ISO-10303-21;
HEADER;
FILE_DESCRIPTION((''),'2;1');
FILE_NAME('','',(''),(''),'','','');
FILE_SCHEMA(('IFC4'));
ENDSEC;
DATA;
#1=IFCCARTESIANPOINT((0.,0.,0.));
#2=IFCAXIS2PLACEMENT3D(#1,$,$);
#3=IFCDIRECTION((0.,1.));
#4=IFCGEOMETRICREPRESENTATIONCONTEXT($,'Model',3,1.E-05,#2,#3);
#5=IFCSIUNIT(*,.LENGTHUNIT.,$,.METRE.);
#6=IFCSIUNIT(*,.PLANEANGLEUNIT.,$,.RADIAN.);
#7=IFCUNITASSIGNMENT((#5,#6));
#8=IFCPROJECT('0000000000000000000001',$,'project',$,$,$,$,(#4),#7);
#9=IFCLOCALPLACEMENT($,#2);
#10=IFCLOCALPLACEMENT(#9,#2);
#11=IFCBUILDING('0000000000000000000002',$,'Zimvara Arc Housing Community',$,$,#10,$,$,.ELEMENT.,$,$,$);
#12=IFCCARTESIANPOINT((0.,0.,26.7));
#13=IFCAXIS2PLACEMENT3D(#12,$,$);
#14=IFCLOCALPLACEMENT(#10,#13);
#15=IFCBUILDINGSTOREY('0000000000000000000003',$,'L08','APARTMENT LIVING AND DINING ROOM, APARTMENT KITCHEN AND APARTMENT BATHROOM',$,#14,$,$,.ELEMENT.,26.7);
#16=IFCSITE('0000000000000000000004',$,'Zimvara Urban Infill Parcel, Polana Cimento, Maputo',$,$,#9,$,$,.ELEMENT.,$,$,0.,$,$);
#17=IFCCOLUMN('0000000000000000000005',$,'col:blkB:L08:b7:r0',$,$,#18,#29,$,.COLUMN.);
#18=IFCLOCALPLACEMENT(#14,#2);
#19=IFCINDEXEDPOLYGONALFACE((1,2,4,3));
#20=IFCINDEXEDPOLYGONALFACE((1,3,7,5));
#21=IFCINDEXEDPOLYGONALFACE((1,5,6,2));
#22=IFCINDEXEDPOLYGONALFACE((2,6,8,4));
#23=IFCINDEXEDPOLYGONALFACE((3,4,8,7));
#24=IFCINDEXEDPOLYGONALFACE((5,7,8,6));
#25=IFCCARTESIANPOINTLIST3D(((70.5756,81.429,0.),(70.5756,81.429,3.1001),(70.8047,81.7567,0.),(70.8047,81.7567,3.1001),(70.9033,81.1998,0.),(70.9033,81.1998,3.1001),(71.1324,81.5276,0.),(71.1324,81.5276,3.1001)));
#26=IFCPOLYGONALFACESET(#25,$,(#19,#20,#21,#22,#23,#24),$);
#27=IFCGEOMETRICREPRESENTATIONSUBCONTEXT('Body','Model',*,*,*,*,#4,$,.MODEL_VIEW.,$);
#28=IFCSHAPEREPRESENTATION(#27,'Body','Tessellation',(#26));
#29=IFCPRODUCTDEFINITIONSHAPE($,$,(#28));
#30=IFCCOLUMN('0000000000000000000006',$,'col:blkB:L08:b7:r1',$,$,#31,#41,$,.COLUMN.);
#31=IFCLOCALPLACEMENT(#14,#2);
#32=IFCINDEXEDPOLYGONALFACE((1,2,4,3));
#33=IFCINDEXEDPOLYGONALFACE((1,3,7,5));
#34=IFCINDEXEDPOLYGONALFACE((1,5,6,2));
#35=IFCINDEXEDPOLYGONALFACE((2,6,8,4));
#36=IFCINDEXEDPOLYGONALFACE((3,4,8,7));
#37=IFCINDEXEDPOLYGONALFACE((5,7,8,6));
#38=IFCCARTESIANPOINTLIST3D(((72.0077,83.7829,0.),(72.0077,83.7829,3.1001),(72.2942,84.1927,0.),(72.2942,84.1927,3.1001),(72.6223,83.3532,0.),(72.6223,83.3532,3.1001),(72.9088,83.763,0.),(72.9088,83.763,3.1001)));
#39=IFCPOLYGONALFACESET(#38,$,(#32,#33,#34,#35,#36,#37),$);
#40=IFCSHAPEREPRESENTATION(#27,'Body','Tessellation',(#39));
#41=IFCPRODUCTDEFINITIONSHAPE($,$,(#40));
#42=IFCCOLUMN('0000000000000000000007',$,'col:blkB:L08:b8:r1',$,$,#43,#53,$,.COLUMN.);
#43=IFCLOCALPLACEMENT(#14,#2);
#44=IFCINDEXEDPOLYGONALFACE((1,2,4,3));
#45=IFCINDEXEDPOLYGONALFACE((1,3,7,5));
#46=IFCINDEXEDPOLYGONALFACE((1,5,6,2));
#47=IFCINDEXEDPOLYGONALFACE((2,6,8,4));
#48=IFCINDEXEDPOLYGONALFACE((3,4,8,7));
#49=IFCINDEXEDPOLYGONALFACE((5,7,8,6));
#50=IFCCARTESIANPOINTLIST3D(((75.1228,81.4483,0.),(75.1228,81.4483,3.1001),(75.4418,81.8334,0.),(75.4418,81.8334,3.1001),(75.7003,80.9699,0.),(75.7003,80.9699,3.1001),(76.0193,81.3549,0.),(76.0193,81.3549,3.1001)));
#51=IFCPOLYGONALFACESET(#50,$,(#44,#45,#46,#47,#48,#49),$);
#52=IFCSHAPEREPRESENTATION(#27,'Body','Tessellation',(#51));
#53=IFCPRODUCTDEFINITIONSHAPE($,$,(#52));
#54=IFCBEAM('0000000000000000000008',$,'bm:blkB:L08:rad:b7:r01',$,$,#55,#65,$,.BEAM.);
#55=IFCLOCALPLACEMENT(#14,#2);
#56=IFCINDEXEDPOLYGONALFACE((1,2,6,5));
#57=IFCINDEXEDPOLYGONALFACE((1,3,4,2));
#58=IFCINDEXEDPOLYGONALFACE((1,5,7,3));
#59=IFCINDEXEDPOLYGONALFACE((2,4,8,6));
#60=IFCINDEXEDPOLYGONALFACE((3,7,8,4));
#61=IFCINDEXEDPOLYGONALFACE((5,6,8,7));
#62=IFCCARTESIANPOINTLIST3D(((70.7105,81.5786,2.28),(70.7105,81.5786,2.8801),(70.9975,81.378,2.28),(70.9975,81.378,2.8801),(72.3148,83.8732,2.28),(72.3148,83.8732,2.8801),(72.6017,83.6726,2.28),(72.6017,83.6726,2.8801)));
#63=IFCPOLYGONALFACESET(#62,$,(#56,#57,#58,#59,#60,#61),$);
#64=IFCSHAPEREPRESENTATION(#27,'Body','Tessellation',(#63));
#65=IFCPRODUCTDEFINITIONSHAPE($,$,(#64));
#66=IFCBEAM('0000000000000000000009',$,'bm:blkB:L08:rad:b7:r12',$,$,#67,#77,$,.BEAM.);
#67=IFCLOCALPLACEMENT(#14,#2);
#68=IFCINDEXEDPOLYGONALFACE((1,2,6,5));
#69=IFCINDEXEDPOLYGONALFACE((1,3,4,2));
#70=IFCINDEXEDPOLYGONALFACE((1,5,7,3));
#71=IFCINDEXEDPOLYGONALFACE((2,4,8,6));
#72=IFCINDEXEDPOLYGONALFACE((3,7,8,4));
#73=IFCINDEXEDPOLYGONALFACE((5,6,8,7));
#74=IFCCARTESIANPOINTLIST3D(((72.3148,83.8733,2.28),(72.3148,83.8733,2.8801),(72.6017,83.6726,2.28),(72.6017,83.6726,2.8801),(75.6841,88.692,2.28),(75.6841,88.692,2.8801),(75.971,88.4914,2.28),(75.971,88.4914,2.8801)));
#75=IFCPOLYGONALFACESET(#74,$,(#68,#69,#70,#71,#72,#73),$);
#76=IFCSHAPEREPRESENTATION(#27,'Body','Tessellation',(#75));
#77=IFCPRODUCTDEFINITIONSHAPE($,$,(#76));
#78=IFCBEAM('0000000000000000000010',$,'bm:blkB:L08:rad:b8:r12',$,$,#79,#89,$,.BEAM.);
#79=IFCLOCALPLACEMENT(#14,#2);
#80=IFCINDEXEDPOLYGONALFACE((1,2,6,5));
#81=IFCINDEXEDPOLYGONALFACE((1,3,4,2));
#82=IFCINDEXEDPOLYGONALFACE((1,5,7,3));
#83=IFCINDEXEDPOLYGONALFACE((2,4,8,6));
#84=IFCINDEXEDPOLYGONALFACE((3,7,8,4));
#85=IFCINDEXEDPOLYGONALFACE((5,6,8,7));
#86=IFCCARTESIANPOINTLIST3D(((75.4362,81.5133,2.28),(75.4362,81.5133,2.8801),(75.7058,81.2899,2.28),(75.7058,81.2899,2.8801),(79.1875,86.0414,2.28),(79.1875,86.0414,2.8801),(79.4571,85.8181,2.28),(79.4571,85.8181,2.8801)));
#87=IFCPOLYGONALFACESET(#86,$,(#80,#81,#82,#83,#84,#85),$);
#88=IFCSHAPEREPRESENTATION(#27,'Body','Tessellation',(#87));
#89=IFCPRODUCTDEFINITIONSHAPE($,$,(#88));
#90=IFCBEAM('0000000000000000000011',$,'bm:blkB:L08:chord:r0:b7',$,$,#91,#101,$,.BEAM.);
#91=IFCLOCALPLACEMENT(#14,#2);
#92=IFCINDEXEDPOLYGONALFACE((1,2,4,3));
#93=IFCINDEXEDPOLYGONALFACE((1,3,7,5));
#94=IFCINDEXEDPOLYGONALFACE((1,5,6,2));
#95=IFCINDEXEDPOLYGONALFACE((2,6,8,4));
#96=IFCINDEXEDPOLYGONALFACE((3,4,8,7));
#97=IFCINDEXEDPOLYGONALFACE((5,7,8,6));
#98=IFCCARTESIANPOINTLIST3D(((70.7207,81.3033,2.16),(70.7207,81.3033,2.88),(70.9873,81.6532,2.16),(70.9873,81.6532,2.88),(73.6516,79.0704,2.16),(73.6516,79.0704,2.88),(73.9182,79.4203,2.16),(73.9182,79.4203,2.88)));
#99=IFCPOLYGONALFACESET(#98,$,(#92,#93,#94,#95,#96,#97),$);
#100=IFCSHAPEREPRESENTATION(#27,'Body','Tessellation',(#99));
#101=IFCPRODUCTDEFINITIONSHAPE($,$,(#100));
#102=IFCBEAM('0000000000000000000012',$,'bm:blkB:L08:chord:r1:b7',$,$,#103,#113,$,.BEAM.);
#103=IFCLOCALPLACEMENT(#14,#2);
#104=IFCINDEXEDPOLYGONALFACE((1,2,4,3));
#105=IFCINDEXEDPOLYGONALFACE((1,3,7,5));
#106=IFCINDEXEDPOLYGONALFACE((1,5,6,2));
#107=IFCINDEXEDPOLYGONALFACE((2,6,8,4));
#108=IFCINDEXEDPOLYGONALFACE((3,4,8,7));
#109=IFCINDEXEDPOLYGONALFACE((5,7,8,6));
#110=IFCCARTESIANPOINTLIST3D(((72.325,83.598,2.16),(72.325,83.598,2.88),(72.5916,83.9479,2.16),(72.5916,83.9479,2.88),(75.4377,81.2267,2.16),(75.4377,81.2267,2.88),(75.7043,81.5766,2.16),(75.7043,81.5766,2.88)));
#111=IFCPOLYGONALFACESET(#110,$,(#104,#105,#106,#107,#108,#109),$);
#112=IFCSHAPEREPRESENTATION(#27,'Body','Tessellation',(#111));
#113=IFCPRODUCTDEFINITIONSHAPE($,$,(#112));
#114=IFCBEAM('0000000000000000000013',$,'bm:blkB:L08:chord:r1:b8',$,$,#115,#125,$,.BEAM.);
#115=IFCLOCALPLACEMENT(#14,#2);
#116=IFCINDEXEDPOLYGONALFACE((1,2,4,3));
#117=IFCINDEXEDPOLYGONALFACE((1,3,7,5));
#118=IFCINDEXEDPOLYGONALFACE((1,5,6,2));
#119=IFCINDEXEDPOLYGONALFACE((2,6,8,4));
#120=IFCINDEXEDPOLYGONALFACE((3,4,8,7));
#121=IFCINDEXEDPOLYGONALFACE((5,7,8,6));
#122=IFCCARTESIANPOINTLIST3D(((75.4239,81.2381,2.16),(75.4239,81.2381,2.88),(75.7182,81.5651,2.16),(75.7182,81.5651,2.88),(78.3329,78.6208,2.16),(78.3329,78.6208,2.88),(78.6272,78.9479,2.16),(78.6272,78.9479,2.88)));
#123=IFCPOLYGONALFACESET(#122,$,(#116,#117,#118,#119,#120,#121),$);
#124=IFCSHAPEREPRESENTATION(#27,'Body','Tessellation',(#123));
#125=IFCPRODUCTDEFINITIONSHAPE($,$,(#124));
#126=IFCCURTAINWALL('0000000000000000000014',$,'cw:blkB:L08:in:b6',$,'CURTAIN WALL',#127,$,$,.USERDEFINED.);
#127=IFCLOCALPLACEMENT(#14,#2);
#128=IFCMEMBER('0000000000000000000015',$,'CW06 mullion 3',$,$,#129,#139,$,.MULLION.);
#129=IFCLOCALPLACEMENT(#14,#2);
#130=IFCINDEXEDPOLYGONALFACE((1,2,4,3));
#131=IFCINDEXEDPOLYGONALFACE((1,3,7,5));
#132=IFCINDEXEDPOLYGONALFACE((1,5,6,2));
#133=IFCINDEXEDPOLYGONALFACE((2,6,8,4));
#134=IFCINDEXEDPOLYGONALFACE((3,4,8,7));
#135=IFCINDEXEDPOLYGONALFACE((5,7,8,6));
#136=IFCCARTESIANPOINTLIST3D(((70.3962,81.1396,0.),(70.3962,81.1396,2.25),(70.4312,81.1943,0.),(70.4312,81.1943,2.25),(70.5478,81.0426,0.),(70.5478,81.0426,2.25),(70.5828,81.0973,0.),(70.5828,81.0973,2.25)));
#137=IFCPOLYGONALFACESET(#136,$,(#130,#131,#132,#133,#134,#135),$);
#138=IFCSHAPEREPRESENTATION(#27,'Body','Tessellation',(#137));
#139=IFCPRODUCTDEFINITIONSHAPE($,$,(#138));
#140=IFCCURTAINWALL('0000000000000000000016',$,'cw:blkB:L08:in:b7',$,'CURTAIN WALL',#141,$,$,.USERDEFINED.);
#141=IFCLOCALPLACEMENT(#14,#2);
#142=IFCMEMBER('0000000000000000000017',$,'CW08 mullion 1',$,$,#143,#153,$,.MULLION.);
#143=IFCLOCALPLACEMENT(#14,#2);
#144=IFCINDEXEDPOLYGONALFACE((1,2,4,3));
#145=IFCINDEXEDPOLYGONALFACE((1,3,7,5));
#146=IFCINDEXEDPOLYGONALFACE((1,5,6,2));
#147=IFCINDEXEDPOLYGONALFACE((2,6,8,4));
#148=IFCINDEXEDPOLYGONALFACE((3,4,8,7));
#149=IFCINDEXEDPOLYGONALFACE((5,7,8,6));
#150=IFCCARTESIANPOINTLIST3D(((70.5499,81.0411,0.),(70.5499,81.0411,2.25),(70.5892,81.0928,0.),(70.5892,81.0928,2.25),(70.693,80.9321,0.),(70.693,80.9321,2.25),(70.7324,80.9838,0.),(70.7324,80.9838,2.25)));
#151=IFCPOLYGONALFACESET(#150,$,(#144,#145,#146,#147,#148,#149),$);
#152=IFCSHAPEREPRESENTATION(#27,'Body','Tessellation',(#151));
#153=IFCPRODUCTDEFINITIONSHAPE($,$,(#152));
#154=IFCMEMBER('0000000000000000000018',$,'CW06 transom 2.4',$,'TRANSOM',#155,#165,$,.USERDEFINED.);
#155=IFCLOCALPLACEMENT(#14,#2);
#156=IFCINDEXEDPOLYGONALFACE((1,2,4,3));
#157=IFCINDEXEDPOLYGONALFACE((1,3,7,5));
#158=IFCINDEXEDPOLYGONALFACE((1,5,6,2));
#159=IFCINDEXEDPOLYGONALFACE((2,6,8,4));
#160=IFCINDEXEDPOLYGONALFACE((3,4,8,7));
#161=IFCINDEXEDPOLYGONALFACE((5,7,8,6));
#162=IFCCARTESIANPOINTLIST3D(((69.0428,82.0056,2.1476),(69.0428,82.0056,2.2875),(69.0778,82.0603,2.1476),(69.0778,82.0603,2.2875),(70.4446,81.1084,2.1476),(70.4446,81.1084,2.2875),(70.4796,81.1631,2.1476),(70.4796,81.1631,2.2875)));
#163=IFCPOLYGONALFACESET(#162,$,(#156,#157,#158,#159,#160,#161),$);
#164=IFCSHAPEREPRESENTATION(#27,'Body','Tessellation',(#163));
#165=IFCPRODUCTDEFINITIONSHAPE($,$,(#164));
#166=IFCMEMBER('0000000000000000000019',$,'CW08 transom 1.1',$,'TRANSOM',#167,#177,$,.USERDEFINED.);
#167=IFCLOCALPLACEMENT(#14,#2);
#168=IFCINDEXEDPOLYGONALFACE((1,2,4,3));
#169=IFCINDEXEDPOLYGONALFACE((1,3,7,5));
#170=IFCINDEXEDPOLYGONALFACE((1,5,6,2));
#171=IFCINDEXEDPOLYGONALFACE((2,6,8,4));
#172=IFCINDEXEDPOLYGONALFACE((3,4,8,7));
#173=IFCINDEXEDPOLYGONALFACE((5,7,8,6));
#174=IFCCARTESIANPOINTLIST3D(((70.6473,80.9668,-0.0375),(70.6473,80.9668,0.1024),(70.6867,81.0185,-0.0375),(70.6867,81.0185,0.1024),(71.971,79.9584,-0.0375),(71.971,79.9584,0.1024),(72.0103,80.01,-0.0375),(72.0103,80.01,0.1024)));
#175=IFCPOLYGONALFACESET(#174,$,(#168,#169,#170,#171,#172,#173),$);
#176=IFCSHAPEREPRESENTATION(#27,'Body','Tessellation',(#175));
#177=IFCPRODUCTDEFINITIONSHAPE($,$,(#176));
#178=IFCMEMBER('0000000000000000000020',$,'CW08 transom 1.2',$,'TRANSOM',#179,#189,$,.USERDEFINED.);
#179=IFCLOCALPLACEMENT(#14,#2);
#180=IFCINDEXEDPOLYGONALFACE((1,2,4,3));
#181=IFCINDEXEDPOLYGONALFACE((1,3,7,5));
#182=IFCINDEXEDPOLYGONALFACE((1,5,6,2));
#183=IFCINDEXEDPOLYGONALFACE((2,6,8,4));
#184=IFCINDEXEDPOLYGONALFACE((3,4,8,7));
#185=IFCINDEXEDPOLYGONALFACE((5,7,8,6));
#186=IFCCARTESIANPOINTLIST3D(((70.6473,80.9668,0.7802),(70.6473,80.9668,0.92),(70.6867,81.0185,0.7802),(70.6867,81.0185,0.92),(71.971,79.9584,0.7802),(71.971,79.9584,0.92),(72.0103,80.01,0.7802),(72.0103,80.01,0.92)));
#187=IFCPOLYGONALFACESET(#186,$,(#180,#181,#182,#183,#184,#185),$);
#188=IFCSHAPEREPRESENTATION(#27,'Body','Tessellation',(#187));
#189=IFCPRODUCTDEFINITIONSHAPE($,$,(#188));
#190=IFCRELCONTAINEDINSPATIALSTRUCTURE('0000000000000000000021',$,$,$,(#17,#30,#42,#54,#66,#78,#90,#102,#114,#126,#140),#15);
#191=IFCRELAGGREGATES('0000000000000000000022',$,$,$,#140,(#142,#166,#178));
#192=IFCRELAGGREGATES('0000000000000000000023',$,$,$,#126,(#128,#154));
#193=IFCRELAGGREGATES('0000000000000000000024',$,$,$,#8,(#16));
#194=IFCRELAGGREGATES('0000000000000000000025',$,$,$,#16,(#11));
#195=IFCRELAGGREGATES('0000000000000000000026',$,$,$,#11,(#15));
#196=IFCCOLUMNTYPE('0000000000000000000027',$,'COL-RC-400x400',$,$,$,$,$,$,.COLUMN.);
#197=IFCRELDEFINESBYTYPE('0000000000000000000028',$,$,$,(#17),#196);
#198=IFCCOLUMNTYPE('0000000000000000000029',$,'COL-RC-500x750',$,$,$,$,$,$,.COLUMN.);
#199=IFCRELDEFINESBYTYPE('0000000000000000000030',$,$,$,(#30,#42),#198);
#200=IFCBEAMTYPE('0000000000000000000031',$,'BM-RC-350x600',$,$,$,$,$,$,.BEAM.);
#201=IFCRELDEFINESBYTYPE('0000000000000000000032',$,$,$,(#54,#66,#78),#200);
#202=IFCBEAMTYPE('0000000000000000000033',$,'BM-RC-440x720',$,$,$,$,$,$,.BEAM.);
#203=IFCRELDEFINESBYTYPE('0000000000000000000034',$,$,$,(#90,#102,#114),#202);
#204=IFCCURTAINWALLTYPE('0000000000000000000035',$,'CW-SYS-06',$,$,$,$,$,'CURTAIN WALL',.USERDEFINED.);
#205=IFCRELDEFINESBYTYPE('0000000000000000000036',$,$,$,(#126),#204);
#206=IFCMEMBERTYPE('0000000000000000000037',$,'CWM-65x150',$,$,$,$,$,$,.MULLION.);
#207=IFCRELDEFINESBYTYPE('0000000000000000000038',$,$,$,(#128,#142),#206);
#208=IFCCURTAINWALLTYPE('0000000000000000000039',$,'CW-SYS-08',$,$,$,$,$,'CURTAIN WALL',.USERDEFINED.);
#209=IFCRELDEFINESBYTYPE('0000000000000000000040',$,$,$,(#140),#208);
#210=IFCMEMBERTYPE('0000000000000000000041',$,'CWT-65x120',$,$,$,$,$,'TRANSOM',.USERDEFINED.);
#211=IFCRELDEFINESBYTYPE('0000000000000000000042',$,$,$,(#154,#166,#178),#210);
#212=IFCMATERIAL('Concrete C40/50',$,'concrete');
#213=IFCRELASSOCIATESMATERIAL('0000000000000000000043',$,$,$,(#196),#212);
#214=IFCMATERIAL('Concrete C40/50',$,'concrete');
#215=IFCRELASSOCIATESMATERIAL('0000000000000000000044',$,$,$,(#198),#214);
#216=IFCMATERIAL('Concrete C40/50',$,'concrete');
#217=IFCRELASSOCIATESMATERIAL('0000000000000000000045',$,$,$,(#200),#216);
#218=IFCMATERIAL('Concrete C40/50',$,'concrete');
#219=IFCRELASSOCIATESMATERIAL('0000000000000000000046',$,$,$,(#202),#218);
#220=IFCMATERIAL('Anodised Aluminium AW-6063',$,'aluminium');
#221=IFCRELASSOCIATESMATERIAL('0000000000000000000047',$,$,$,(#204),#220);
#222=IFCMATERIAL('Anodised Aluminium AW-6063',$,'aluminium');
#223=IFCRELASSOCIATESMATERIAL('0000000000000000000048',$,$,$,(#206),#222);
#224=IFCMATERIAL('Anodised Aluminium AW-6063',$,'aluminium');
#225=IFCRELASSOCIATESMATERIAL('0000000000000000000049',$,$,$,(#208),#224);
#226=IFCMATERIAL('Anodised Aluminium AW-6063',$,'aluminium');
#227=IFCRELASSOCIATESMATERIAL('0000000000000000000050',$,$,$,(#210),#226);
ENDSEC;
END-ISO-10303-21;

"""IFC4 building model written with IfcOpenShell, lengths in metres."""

from ifc_helpers import new_model, si_unit, direction, frame, origin, origin_2d, place, context, subcontext, project, spatial, rectangle, extrude, material, material_profile, profile_set, type_object, element, aggregate, save


model = new_model("IFC4")

# Units and contexts
model_context = context("Model", 3, precision=1e-05, world=origin(), true_north=direction((0.0, 1.0)))
body_context = subcontext(model_context, "Body", "Model", "MODEL_VIEW")
ifc_project = project(units=[si_unit("LENGTHUNIT", "METRE"), si_unit("PLANEANGLEUNIT", "RADIAN")], contexts=[model_context])

# Site, building, storey
site_placement = place(None, origin())
site = spatial("IfcSite", under=ifc_project, at=site_placement, Name="Zimvara Urban Infill Parcel, Polana Cimento, Maputo", CompositionType="ELEMENT", RefElevation=0.0)
building_placement = place(site_placement, origin())
building = spatial("IfcBuilding", under=site, at=building_placement, Name="Zimvara Arc Housing Community", CompositionType="ELEMENT")
storey_placement = place(building_placement, frame((0.0, 0.0, 26.7)))
storey = spatial("IfcBuildingStorey", under=building, at=storey_placement, Name="L08", Description="APARTMENT LIVING AND DINING ROOM, APARTMENT KITCHEN AND APARTMENT BATHROOM", CompositionType="ELEMENT", Elevation=26.7)

# Columns
ifc_material_1 = material(Name="Concrete C40/50", Category="concrete")
ifc_material_profile_1 = material_profile(ifc_material_1, rectangle(XDim=0.3999, YDim=0.3999, at=origin_2d()), Name="RC 400x400")
ifc_profile_set_1 = profile_set([ifc_material_profile_1], Name="Concrete C40/50")
column_type_1 = type_object("IfcColumnType", Name="COL-RC-400x400", PredefinedType="COLUMN", material=ifc_profile_set_1)
column_placement = place(storey_placement, frame((70.854, 81.4783, 0.0), z_axis=(0.0, 0.0, 1.0), x_axis=(0.573004, 0.819552, 0.0)))
element("IfcColumn", 1, at=column_placement, inside=storey, type_object=column_type_1, Name="col:blkB:L08:b7:r0", PredefinedType="COLUMN", context=body_context, shape_type="SweptSolid", body=[
    extrude(rectangle(XDim=0.3999, YDim=0.3999, at=origin_2d()), origin(), (0.0, 0.0, 1.0), 3.1001),
])
ifc_material_2 = material(Name="Concrete C40/50", Category="concrete")
ifc_material_profile_2 = material_profile(ifc_material_2, rectangle(XDim=0.5, YDim=0.75, at=origin_2d()), Name="RC 500x750")
ifc_profile_set_2 = profile_set([ifc_material_profile_2], Name="Concrete C40/50")
column_type_2 = type_object("IfcColumnType", Name="COL-RC-500x750", PredefinedType="COLUMN", material=ifc_profile_set_2)
for number, where, z_axis, x_axis, name in (
    (2, (72.4583, 83.7729, 0.0), (0.0, 0.0, 1.0), (0.573004, 0.819552, 0.0), "col:blkB:L08:b7:r1"),
    (3, (75.571, 81.4016, 0.0), (0.0, 0.0, 1.0), (0.637962, 0.770068, 0.0), "col:blkB:L08:b8:r1"),
):
    element("IfcColumn", number, at=place(storey_placement, frame(where, z_axis=z_axis, x_axis=x_axis)), inside=storey, type_object=column_type_2, Name=name, PredefinedType="COLUMN", context=body_context, shape_type="SweptSolid", body=[
        extrude(rectangle(XDim=0.5, YDim=0.75, at=origin_2d()), origin(), (0.0, 0.0, 1.0), 3.1001),
    ])

# Beams
ifc_material_3 = material(Name="Concrete C40/50", Category="concrete")
ifc_material_profile_3 = material_profile(ifc_material_3, rectangle(XDim=0.3501, YDim=0.6001, at=origin_2d()), Name="RC 350x600")
ifc_profile_set_3 = profile_set([ifc_material_profile_3], Name="Concrete C40/50")
beam_type_1 = type_object("IfcBeamType", Name="BM-RC-350x600", PredefinedType="BEAM", material=ifc_profile_set_3)
beam_1_placement = place(storey_placement, frame((70.854, 81.4783, 2.5801), z_axis=(0.572977, 0.819572, 0.0), x_axis=(-0.819572, 0.572977, 0.0)))
element("IfcBeam", 4, at=beam_1_placement, inside=storey, type_object=beam_type_1, Name="bm:blkB:L08:rad:b7:r01", PredefinedType="BEAM", context=body_context, shape_type="SweptSolid", body=[
    extrude(rectangle(XDim=0.3501, YDim=0.6001, at=origin_2d()), origin(), (0.0, 0.0, 1.0), 2.7998),
])
beam_2_placement = place(storey_placement, frame((72.4583, 83.7729, 2.5801), z_axis=(0.573028, 0.819536, 0.0), x_axis=(-0.819536, 0.573028, 0.0)))
element("IfcBeam", 5, at=beam_2_placement, inside=storey, type_object=beam_type_1, Name="bm:blkB:L08:rad:b7:r12", PredefinedType="BEAM", context=body_context, shape_type="SweptSolid", body=[
    extrude(rectangle(XDim=0.3501, YDim=0.6001, at=origin_2d()), origin(), (0.0, 0.0, 1.0), 5.8799),
])
beam_3_placement = place(storey_placement, frame((75.571, 81.4016, 2.5801), z_axis=(0.637956, 0.770073, 0.0), x_axis=(-0.770073, 0.637956, 0.0)))
element("IfcBeam", 6, at=beam_3_placement, inside=storey, type_object=beam_type_1, Name="bm:blkB:L08:rad:b8:r12", PredefinedType="BEAM", context=body_context, shape_type="SweptSolid", body=[
    extrude(rectangle(XDim=0.3501, YDim=0.6001, at=origin_2d()), origin(), (0.0, 0.0, 1.0), 5.8801),
])
ifc_material_4 = material(Name="Concrete C40/50", Category="concrete")
ifc_material_profile_4 = material_profile(ifc_material_4, rectangle(XDim=0.4399, YDim=0.72, at=origin_2d()), Name="RC 440x720")
ifc_profile_set_4 = profile_set([ifc_material_profile_4], Name="Concrete C40/50")
beam_type_2 = type_object("IfcBeamType", Name="BM-RC-440x720", PredefinedType="BEAM", material=ifc_profile_set_4)
beam_4_placement = place(storey_placement, frame((70.854, 81.4783, 2.52), z_axis=(0.795453, -0.606015, 0.0), x_axis=(0.606015, 0.795453, 0.0)))
element("IfcBeam", 7, at=beam_4_placement, inside=storey, type_object=beam_type_2, Name="bm:blkB:L08:chord:r0:b7", PredefinedType="BEAM", context=body_context, shape_type="SweptSolid", body=[
    extrude(rectangle(XDim=0.4399, YDim=0.72, at=origin_2d()), origin(), (0.0, 0.0, 1.0), 3.6846),
])
for number, where, z_axis, x_axis, name in (
    (8, (72.4583, 83.7729, 2.52), (0.79547, -0.605992, 0.0), (0.605992, 0.79547, 0.0), "bm:blkB:L08:chord:r1:b7"),
    (9, (75.571, 81.4016, 2.52), (0.743403, -0.668844, 0.0), (0.668844, 0.743403, 0.0), "bm:blkB:L08:chord:r1:b8"),
):
    element("IfcBeam", number, at=place(storey_placement, frame(where, z_axis=z_axis, x_axis=x_axis)), inside=storey, type_object=beam_type_2, Name=name, PredefinedType="BEAM", context=body_context, shape_type="SweptSolid", body=[
        extrude(rectangle(XDim=0.4399, YDim=0.72, at=origin_2d()), origin(), (0.0, 0.0, 1.0), 3.9131),
    ])

# Curtain walls, members
ifc_material_5 = material(Name="Anodised Aluminium AW-6063", Category="aluminium")
curtain_wall_type_1 = type_object("IfcCurtainWallType", Name="CW-SYS-06", ElementType="CURTAIN WALL", PredefinedType="USERDEFINED", material=ifc_material_5)
curtain_wall_1_placement = place(storey_placement, origin())
curtain_wall_1 = element("IfcCurtainWall", 10, at=curtain_wall_1_placement, inside=storey, type_object=curtain_wall_type_1, Name="cw:blkB:L08:in:b6", ObjectType="CURTAIN WALL", PredefinedType="USERDEFINED")
ifc_material_6 = material(Name="Anodised Aluminium AW-6063", Category="aluminium")
ifc_material_profile_5 = material_profile(ifc_material_6, rectangle(XDim=0.0649, YDim=0.1799, at=origin_2d()), Name="ALU 65x180")
ifc_profile_set_5 = profile_set([ifc_material_profile_5], Name="Anodised Aluminium AW-6063")
member_type_1 = type_object("IfcMemberType", Name="CWM-65x150", PredefinedType="MULLION", material=ifc_profile_set_5)
member_1_placement = place(storey_placement, frame((70.4895, 81.1184, 0.0), z_axis=(0.0, 0.0, 1.0), x_axis=(0.539064, 0.842265, 0.0)))
member_1 = element("IfcMember", 11, at=member_1_placement, type_object=member_type_1, Name="CW06 mullion 3", PredefinedType="MULLION", context=body_context, shape_type="SweptSolid", body=[
    extrude(rectangle(XDim=0.0649, YDim=0.1799, at=origin_2d()), origin(), (0.0, 0.0, 1.0), 2.25),
])
ifc_material_7 = material(Name="Anodised Aluminium AW-6063", Category="aluminium")
curtain_wall_type_2 = type_object("IfcCurtainWallType", Name="CW-SYS-08", ElementType="CURTAIN WALL", PredefinedType="USERDEFINED", material=ifc_material_7)
curtain_wall_2_placement = place(storey_placement, origin())
curtain_wall_2 = element("IfcCurtainWall", 12, at=curtain_wall_2_placement, inside=storey, type_object=curtain_wall_type_2, Name="cw:blkB:L08:in:b7", ObjectType="CURTAIN WALL", PredefinedType="USERDEFINED")
member_2_placement = place(storey_placement, frame((70.6411, 81.0125, 0.0), z_axis=(0.0, 0.0, 1.0), x_axis=(0.605988, 0.795474, 0.0)))
member_2 = element("IfcMember", 13, at=member_2_placement, type_object=member_type_1, Name="CW08 mullion 1", PredefinedType="MULLION", context=body_context, shape_type="SweptSolid", body=[
    extrude(rectangle(XDim=0.0649, YDim=0.1799, at=origin_2d()), origin(), (0.0, 0.0, 1.0), 2.25),
])

# Members
ifc_material_8 = material(Name="Anodised Aluminium AW-6063", Category="aluminium")
ifc_material_profile_6 = material_profile(ifc_material_8, rectangle(XDim=0.0649, YDim=0.1399, at=origin_2d()), Name="ALU 65x140")
ifc_profile_set_6 = profile_set([ifc_material_profile_6], Name="Anodised Aluminium AW-6063")
member_type_2 = type_object("IfcMemberType", Name="CWT-65x120", ElementType="TRANSOM", PredefinedType="USERDEFINED", material=ifc_profile_set_6)
member_3_placement = place(storey_placement, frame((69.0603, 82.033, 2.2175), z_axis=(0.842263, -0.539066, 0.0), x_axis=(0.539066, 0.842263, 0.0)))
member_3 = element("IfcMember", 14, at=member_3_placement, type_object=member_type_2, Name="CW06 transom 2.4", ObjectType="TRANSOM", PredefinedType="USERDEFINED", context=body_context, shape_type="SweptSolid", body=[
    extrude(rectangle(XDim=0.0649, YDim=0.1399, at=origin_2d()), origin(), (0.0, 0.0, 1.0), 1.6643),
])
member_4_placement = place(storey_placement, frame((70.667, 80.9927, 0.0325), z_axis=(0.795435, -0.606039, 0.0), x_axis=(0.606039, 0.795435, 0.0)))
member_4 = element("IfcMember", 15, at=member_4_placement, type_object=member_type_2, Name="CW08 transom 1.1", ObjectType="TRANSOM", PredefinedType="USERDEFINED", context=body_context, shape_type="SweptSolid", body=[
    extrude(rectangle(XDim=0.0649, YDim=0.1399, at=origin_2d()), origin(), (0.0, 0.0, 1.0), 1.6641),
])
member_5_placement = place(storey_placement, frame((70.667, 80.9927, 0.8501), z_axis=(0.795435, -0.606039, 0.0), x_axis=(0.606039, 0.795435, 0.0)))
member_5 = element("IfcMember", 16, at=member_5_placement, type_object=member_type_2, Name="CW08 transom 1.2", ObjectType="TRANSOM", PredefinedType="USERDEFINED", context=body_context, shape_type="SweptSolid", body=[
    extrude(rectangle(XDim=0.0649, YDim=0.1399, at=origin_2d()), origin(), (0.0, 0.0, 1.0), 1.6641),
])

aggregate(curtain_wall_2, [member_2, member_4, member_5])
aggregate(curtain_wall_1, [member_1, member_3])

save(model, "model.ifc")
